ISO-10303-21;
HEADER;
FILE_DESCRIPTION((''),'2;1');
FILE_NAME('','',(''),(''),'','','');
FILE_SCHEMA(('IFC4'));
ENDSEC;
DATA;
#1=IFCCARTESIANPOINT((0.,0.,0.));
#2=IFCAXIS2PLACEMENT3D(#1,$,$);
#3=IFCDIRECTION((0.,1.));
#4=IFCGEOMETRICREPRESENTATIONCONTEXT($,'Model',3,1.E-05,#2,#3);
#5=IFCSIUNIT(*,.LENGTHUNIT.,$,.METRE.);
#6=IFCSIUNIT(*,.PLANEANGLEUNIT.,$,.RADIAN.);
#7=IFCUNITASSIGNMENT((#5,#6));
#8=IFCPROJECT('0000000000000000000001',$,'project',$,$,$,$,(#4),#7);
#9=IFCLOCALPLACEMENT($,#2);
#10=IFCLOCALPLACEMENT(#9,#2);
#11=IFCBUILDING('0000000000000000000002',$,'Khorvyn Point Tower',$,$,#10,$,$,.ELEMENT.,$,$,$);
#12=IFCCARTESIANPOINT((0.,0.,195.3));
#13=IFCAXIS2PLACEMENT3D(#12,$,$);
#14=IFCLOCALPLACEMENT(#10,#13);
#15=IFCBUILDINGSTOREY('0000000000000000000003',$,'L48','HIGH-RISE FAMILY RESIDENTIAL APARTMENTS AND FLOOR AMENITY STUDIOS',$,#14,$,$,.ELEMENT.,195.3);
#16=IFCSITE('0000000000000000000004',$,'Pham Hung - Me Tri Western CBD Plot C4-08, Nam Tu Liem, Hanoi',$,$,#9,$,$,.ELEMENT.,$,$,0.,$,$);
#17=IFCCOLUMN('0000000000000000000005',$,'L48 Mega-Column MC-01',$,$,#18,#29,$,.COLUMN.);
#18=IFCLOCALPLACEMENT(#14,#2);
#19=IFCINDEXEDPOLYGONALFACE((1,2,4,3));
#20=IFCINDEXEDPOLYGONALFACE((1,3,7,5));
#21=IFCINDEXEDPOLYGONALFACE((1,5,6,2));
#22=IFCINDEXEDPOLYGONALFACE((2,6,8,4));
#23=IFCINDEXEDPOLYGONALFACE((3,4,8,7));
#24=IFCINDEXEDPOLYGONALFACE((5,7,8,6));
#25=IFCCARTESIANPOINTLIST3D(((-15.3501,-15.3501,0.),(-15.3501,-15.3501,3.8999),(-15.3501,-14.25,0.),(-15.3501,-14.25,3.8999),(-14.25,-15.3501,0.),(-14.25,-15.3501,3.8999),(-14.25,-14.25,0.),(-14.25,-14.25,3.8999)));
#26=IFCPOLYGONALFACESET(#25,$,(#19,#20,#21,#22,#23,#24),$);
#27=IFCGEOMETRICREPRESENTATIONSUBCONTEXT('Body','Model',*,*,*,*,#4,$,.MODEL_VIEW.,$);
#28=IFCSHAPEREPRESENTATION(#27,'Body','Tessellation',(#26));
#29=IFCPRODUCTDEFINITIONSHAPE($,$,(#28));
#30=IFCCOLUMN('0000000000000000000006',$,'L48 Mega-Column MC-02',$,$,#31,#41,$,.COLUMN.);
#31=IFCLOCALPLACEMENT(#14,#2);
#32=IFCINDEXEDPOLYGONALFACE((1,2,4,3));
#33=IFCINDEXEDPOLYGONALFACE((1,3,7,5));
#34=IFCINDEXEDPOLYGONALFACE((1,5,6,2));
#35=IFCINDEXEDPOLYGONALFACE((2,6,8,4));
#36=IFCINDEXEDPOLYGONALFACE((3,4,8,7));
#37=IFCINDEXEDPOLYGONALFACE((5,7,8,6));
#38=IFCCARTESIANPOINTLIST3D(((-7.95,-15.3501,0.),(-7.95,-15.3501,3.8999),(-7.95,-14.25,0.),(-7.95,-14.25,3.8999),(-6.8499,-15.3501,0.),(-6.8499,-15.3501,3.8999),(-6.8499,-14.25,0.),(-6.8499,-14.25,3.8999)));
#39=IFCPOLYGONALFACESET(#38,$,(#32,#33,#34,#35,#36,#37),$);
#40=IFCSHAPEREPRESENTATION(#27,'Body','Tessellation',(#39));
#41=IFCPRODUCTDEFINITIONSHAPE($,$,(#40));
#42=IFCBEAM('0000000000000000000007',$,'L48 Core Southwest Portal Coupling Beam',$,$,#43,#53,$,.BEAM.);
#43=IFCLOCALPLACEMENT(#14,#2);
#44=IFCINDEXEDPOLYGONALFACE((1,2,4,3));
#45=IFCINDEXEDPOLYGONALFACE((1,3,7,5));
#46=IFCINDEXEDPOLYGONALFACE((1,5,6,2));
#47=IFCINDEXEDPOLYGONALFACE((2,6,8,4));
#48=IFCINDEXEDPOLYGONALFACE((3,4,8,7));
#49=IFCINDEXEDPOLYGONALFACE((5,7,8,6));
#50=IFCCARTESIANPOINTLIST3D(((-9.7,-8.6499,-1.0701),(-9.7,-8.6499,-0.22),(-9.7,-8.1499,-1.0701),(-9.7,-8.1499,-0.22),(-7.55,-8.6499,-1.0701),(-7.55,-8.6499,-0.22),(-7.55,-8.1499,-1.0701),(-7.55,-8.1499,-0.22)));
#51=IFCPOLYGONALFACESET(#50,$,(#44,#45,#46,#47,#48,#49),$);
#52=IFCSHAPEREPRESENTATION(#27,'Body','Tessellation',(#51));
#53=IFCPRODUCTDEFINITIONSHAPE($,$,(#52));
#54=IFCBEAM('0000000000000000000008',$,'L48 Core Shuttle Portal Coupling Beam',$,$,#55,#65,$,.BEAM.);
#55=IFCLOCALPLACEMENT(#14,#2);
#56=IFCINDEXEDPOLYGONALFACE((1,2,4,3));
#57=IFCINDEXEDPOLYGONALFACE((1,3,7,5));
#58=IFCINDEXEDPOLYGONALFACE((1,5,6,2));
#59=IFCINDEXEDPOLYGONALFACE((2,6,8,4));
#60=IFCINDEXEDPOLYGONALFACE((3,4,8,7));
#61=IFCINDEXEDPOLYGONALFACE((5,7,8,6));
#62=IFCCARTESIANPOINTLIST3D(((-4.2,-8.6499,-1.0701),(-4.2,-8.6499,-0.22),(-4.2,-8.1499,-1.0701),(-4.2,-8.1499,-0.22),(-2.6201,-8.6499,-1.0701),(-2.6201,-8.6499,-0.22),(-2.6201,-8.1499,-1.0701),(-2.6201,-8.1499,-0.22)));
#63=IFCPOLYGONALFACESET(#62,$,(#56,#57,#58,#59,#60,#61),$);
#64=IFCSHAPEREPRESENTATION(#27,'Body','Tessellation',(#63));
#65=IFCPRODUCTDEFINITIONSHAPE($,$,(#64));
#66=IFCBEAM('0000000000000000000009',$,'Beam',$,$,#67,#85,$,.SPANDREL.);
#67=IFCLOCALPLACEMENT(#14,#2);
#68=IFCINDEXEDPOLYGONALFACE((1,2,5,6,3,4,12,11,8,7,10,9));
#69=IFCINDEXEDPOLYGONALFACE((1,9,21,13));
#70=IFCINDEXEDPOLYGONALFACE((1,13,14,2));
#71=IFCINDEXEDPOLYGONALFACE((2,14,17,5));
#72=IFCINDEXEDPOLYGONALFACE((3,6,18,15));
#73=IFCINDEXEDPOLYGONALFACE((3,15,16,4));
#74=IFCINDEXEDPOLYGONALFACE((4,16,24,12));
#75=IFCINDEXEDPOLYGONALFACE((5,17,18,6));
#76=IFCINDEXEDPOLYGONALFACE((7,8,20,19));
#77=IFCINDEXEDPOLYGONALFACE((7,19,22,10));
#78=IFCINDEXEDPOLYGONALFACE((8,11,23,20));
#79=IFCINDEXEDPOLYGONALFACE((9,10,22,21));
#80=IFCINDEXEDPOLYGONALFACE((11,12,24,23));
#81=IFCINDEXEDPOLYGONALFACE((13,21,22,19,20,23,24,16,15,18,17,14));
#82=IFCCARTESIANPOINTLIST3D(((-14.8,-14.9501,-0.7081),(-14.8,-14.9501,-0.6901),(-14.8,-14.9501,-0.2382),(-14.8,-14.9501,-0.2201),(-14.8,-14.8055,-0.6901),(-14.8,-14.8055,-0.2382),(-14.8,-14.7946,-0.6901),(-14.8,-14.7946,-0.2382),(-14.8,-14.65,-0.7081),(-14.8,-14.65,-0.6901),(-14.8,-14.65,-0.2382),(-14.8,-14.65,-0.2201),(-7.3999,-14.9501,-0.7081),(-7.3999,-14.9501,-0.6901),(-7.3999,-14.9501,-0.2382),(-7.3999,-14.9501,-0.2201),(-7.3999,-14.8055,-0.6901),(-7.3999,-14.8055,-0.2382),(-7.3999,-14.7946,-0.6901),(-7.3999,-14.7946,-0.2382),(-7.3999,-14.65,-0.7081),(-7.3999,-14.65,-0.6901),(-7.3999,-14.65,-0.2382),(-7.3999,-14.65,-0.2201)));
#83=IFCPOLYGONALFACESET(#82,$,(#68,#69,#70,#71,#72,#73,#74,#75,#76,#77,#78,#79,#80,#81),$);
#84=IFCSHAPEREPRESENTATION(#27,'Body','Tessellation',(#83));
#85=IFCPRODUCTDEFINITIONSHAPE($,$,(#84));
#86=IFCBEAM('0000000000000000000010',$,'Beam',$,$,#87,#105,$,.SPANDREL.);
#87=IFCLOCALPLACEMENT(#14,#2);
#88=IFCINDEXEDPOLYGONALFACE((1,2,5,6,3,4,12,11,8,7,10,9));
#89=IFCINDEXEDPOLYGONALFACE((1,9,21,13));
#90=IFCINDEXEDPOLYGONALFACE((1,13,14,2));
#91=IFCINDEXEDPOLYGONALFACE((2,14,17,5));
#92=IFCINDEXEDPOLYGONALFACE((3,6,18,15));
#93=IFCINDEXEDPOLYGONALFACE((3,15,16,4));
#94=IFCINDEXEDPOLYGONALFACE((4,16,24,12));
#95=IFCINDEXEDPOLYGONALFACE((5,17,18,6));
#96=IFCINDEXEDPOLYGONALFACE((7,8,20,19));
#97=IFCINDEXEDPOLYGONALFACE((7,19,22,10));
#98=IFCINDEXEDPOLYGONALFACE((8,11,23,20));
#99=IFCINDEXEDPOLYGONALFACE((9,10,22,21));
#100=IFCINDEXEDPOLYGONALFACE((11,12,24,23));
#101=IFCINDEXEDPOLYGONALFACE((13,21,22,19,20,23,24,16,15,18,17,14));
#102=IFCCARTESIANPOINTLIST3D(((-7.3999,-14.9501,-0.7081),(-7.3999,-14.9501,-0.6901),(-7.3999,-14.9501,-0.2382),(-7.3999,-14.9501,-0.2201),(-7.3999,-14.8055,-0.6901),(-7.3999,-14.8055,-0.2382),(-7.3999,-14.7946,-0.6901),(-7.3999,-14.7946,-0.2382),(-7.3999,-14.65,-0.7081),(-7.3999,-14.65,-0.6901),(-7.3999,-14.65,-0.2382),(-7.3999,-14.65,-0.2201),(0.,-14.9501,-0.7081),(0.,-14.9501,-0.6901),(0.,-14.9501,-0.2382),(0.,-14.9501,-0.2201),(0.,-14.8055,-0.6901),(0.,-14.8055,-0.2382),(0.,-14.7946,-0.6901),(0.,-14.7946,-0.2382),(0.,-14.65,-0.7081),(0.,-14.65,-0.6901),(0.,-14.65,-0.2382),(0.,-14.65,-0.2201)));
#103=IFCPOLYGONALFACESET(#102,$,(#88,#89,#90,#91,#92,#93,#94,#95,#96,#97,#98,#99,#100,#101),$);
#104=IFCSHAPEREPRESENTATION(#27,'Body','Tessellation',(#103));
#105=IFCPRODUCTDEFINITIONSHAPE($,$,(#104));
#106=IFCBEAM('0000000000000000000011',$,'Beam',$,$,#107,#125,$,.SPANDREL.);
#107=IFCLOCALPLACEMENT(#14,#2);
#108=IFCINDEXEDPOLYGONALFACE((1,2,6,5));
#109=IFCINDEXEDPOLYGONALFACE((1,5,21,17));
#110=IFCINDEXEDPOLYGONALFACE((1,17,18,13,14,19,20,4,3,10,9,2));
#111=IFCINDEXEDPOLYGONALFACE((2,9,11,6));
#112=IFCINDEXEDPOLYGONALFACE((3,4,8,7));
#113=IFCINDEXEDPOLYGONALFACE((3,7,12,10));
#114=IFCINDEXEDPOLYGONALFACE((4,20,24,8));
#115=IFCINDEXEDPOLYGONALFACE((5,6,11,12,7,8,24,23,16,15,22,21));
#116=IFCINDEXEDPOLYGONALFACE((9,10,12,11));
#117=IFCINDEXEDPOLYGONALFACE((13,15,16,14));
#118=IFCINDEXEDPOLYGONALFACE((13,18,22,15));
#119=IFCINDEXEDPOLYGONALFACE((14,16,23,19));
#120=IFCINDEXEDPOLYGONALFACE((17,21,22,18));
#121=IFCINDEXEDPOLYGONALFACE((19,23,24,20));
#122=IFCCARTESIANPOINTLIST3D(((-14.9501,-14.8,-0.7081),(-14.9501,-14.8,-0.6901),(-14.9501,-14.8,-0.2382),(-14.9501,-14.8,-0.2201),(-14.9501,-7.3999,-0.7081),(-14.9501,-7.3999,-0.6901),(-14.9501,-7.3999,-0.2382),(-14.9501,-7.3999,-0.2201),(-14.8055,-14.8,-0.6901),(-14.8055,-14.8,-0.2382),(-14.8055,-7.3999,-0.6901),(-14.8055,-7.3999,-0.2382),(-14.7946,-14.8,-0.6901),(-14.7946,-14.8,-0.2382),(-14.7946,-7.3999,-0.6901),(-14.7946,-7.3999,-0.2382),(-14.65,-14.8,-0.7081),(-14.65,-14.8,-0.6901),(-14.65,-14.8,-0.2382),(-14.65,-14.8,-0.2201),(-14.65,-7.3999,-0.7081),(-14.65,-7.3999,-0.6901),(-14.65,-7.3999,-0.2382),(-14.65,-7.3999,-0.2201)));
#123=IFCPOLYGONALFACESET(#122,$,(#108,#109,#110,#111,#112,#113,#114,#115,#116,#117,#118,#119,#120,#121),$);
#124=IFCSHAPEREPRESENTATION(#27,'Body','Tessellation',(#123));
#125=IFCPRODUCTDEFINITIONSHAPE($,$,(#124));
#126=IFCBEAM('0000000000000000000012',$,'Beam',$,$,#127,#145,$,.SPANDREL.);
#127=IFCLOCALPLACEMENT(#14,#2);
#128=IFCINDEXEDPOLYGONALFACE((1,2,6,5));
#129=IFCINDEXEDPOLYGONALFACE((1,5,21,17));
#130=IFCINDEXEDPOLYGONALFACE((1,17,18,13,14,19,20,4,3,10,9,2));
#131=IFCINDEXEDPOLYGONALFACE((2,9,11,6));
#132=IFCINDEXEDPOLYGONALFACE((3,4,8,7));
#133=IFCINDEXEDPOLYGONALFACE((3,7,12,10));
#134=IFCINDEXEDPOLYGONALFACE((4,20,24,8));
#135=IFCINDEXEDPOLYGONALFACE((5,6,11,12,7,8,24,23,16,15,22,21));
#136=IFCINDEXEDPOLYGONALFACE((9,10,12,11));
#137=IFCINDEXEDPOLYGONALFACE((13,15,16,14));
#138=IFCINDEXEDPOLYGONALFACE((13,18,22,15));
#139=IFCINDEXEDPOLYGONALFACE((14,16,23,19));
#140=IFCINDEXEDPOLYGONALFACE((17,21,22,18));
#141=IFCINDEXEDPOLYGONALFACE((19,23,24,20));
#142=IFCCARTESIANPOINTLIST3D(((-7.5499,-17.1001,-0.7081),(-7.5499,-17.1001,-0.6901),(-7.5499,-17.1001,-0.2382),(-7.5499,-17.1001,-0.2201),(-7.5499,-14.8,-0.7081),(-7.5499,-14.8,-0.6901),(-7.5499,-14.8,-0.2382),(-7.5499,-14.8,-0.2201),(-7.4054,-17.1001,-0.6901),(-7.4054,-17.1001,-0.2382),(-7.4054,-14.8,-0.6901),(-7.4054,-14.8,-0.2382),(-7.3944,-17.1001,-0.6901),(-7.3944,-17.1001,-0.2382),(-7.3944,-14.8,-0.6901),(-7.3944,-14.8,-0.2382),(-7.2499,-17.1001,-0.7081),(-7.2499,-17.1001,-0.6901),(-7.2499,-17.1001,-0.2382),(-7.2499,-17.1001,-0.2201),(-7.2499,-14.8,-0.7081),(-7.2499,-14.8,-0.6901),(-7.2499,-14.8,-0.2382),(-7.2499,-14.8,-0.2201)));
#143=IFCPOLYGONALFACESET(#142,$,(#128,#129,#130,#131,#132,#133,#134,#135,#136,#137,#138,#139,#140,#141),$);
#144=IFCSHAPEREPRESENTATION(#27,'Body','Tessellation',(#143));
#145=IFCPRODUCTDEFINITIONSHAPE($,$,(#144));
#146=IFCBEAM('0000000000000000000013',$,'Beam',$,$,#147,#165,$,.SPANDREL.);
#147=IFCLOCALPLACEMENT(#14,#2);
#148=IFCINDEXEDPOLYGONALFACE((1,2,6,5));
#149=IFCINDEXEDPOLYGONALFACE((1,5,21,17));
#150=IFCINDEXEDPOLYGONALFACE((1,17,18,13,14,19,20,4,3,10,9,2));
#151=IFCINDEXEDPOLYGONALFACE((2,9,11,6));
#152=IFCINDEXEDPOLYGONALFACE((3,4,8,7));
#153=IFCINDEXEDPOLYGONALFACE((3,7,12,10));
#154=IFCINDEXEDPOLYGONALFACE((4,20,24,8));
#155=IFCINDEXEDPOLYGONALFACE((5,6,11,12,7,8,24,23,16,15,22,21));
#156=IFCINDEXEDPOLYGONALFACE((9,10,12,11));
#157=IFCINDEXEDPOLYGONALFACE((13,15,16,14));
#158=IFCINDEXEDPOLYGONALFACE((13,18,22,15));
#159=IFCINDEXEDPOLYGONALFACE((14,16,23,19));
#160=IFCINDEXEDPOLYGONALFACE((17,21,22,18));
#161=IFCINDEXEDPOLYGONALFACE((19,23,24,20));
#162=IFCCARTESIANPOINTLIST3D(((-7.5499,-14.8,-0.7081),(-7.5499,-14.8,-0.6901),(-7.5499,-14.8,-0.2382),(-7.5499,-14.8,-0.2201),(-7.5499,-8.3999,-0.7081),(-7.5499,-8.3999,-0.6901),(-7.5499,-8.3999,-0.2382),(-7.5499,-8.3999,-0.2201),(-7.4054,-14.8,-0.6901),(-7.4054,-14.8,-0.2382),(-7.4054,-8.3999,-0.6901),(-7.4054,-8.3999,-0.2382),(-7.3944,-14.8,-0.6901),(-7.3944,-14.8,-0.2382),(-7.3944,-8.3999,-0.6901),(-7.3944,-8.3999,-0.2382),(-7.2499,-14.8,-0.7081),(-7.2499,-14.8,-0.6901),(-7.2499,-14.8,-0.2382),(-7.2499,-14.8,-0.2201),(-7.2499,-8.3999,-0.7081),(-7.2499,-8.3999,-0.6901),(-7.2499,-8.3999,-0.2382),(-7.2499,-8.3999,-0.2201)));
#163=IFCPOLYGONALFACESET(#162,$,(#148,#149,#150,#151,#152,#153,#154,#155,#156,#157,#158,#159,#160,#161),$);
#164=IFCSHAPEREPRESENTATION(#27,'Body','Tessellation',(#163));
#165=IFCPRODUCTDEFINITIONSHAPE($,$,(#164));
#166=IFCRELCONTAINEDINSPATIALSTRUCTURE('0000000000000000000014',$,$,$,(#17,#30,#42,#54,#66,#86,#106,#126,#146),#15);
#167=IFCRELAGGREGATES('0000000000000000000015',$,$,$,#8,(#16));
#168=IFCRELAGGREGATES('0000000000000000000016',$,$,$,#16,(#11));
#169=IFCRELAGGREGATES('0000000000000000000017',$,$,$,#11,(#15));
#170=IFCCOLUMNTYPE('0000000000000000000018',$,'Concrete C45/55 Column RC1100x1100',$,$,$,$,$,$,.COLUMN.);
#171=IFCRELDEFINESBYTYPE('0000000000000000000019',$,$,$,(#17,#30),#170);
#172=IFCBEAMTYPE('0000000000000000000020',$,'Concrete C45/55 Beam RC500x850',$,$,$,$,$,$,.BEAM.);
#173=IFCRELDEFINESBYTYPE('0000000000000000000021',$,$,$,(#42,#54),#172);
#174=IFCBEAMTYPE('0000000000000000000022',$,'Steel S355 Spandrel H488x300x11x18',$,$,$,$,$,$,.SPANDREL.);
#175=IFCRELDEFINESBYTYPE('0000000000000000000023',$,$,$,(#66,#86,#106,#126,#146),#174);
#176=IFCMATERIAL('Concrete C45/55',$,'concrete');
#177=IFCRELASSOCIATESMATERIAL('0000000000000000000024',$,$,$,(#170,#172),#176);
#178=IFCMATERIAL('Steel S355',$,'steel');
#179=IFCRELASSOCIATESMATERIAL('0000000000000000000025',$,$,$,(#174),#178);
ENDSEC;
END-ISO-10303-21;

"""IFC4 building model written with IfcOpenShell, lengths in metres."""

from ifc_helpers import new_model, si_unit, direction, frame, origin, origin_2d, place, context, subcontext, project, spatial, rectangle, i_section, extrude, material, material_profile, profile_set, type_object, element, save


model = new_model("IFC4")

# Units and contexts
model_context = context("Model", 3, precision=1e-05, world=origin(), true_north=direction((0.0, 1.0)))
body_context = subcontext(model_context, "Body", "Model", "MODEL_VIEW")
ifc_project = project(units=[si_unit("LENGTHUNIT", "METRE"), si_unit("PLANEANGLEUNIT", "RADIAN")], contexts=[model_context])

# Site, building, storey
site_placement = place(None, origin())
site = spatial("IfcSite", under=ifc_project, at=site_placement, Name="Pham Hung - Me Tri Western CBD Plot C4-08, Nam Tu Liem, Hanoi", CompositionType="ELEMENT", RefElevation=0.0)
building_placement = place(site_placement, origin())
building = spatial("IfcBuilding", under=site, at=building_placement, Name="Khorvyn Point Tower", CompositionType="ELEMENT")
storey_placement = place(building_placement, frame((0.0, 0.0, 195.3)))
storey = spatial("IfcBuildingStorey", under=building, at=storey_placement, Name="L48", Description="HIGH-RISE FAMILY RESIDENTIAL APARTMENTS AND FLOOR AMENITY STUDIOS", CompositionType="ELEMENT", Elevation=195.3)

# Columns
ifc_material_1 = material(Name="Concrete C45/55", Category="concrete")
ifc_material_profile_1 = material_profile(ifc_material_1, rectangle(XDim=1.1001, YDim=1.1001, at=origin_2d()))
ifc_profile_set_1 = profile_set([ifc_material_profile_1], Name="Concrete C45/55 RC1100x1100")
column_type = type_object("IfcColumnType", Name="Concrete C45/55 Column RC1100x1100", PredefinedType="COLUMN", material=ifc_profile_set_1)
for number, where, z_axis, x_axis, name in (
    (1, (-14.8, -14.8, 0.0), (0.0, 0.0, 1.0), (1.0, 0.0, 0.0), "L48 Mega-Column MC-01"),
    (2, (-7.3999, -14.8, 0.0), (0.0, 0.0, 1.0), (1.0, 0.0, 0.0), "L48 Mega-Column MC-02"),
):
    element("IfcColumn", number, at=place(storey_placement, frame(where, z_axis=z_axis, x_axis=x_axis)), inside=storey, type_object=column_type, Name=name, PredefinedType="COLUMN", context=body_context, shape_type="SweptSolid", body=[
        extrude(rectangle(XDim=1.1001, YDim=1.1001, at=origin_2d()), origin(), (0.0, 0.0, 1.0), 3.8999),
    ])

# Beams
ifc_material_profile_2 = material_profile(ifc_material_1, rectangle(XDim=0.5, YDim=0.8501, at=origin_2d()))
ifc_profile_set_2 = profile_set([ifc_material_profile_2], Name="Concrete C45/55 RC500x850")
beam_type_1 = type_object("IfcBeamType", Name="Concrete C45/55 Beam RC500x850", PredefinedType="BEAM", material=ifc_profile_set_2)
beam_1_placement = place(storey_placement, frame((-9.7, -8.3999, -0.645), z_axis=(1.0, 0.0, 0.0), x_axis=(0.0, 1.0, 0.0)))
element("IfcBeam", 3, at=beam_1_placement, inside=storey, type_object=beam_type_1, Name="L48 Core Southwest Portal Coupling Beam", PredefinedType="BEAM", context=body_context, shape_type="SweptSolid", body=[
    extrude(rectangle(XDim=0.5, YDim=0.8501, at=origin_2d()), origin(), (0.0, 0.0, 1.0), 2.1499),
])
beam_2_placement = place(storey_placement, frame((-4.2, -8.3999, -0.645), z_axis=(1.0, 0.0, 0.0), x_axis=(0.0, 1.0, 0.0)))
element("IfcBeam", 4, at=beam_2_placement, inside=storey, type_object=beam_type_1, Name="L48 Core Shuttle Portal Coupling Beam", PredefinedType="BEAM", context=body_context, shape_type="SweptSolid", body=[
    extrude(rectangle(XDim=0.5, YDim=0.8501, at=origin_2d()), origin(), (0.0, 0.0, 1.0), 1.5798),
])
ifc_material_2 = material(Name="Steel S355", Category="steel")
ifc_material_profile_3 = material_profile(ifc_material_2, i_section(OverallWidth=0.3, OverallDepth=0.488, WebThickness=0.011, FlangeThickness=0.0181, at=origin_2d()))
ifc_profile_set_3 = profile_set([ifc_material_profile_3], Name="Steel S355 H488x300x11x18")
beam_type_2 = type_object("IfcBeamType", Name="Steel S355 Spandrel H488x300x11x18", PredefinedType="SPANDREL", material=ifc_profile_set_3)
beam_3_placement = place(storey_placement, frame((-14.8, -14.8, -0.4641), z_axis=(1.0, 0.0, 0.0), x_axis=(0.0, 1.0, 0.0)))
element("IfcBeam", 5, at=beam_3_placement, inside=storey, type_object=beam_type_2, Name="Beam", PredefinedType="SPANDREL", context=body_context, shape_type="SweptSolid", body=[
    extrude(i_section(OverallWidth=0.3, OverallDepth=0.488, WebThickness=0.011, FlangeThickness=0.0181, at=origin_2d()), origin(), (0.0, 0.0, 1.0), 7.4001),
])
beam_4_placement = place(storey_placement, frame((-7.3999, -14.8, -0.4641), z_axis=(1.0, 0.0, 0.0), x_axis=(0.0, 1.0, 0.0)))
element("IfcBeam", 6, at=beam_4_placement, inside=storey, type_object=beam_type_2, Name="Beam", PredefinedType="SPANDREL", context=body_context, shape_type="SweptSolid", body=[
    extrude(i_section(OverallWidth=0.3, OverallDepth=0.488, WebThickness=0.011, FlangeThickness=0.0181, at=origin_2d()), origin(), (0.0, 0.0, 1.0), 7.3999),
])
beam_5_placement = place(storey_placement, frame((-14.8, -14.8, -0.4641), z_axis=(0.0, 1.0, 0.0), x_axis=(-1.0, 0.0, 0.0)))
element("IfcBeam", 7, at=beam_5_placement, inside=storey, type_object=beam_type_2, Name="Beam", PredefinedType="SPANDREL", context=body_context, shape_type="SweptSolid", body=[
    extrude(i_section(OverallWidth=0.3, OverallDepth=0.488, WebThickness=0.011, FlangeThickness=0.0181, at=origin_2d()), origin(), (0.0, 0.0, 1.0), 7.4001),
])
beam_6_placement = place(storey_placement, frame((-7.3999, -17.1001, -0.4641), z_axis=(0.0, 1.0, 0.0), x_axis=(-1.0, 0.0, 0.0)))
element("IfcBeam", 8, at=beam_6_placement, inside=storey, type_object=beam_type_2, Name="Beam", PredefinedType="SPANDREL", context=body_context, shape_type="SweptSolid", body=[
    extrude(i_section(OverallWidth=0.3, OverallDepth=0.488, WebThickness=0.011, FlangeThickness=0.0181, at=origin_2d()), origin(), (0.0, 0.0, 1.0), 2.3),
])
beam_7_placement = place(storey_placement, frame((-7.3999, -14.8, -0.4641), z_axis=(0.0, 1.0, 0.0), x_axis=(-1.0, 0.0, 0.0)))
element("IfcBeam", 9, at=beam_7_placement, inside=storey, type_object=beam_type_2, Name="Beam", PredefinedType="SPANDREL", context=body_context, shape_type="SweptSolid", body=[
    extrude(i_section(OverallWidth=0.3, OverallDepth=0.488, WebThickness=0.011, FlangeThickness=0.0181, at=origin_2d()), origin(), (0.0, 0.0, 1.0), 6.4001),
])

save(model, "model.ifc")
